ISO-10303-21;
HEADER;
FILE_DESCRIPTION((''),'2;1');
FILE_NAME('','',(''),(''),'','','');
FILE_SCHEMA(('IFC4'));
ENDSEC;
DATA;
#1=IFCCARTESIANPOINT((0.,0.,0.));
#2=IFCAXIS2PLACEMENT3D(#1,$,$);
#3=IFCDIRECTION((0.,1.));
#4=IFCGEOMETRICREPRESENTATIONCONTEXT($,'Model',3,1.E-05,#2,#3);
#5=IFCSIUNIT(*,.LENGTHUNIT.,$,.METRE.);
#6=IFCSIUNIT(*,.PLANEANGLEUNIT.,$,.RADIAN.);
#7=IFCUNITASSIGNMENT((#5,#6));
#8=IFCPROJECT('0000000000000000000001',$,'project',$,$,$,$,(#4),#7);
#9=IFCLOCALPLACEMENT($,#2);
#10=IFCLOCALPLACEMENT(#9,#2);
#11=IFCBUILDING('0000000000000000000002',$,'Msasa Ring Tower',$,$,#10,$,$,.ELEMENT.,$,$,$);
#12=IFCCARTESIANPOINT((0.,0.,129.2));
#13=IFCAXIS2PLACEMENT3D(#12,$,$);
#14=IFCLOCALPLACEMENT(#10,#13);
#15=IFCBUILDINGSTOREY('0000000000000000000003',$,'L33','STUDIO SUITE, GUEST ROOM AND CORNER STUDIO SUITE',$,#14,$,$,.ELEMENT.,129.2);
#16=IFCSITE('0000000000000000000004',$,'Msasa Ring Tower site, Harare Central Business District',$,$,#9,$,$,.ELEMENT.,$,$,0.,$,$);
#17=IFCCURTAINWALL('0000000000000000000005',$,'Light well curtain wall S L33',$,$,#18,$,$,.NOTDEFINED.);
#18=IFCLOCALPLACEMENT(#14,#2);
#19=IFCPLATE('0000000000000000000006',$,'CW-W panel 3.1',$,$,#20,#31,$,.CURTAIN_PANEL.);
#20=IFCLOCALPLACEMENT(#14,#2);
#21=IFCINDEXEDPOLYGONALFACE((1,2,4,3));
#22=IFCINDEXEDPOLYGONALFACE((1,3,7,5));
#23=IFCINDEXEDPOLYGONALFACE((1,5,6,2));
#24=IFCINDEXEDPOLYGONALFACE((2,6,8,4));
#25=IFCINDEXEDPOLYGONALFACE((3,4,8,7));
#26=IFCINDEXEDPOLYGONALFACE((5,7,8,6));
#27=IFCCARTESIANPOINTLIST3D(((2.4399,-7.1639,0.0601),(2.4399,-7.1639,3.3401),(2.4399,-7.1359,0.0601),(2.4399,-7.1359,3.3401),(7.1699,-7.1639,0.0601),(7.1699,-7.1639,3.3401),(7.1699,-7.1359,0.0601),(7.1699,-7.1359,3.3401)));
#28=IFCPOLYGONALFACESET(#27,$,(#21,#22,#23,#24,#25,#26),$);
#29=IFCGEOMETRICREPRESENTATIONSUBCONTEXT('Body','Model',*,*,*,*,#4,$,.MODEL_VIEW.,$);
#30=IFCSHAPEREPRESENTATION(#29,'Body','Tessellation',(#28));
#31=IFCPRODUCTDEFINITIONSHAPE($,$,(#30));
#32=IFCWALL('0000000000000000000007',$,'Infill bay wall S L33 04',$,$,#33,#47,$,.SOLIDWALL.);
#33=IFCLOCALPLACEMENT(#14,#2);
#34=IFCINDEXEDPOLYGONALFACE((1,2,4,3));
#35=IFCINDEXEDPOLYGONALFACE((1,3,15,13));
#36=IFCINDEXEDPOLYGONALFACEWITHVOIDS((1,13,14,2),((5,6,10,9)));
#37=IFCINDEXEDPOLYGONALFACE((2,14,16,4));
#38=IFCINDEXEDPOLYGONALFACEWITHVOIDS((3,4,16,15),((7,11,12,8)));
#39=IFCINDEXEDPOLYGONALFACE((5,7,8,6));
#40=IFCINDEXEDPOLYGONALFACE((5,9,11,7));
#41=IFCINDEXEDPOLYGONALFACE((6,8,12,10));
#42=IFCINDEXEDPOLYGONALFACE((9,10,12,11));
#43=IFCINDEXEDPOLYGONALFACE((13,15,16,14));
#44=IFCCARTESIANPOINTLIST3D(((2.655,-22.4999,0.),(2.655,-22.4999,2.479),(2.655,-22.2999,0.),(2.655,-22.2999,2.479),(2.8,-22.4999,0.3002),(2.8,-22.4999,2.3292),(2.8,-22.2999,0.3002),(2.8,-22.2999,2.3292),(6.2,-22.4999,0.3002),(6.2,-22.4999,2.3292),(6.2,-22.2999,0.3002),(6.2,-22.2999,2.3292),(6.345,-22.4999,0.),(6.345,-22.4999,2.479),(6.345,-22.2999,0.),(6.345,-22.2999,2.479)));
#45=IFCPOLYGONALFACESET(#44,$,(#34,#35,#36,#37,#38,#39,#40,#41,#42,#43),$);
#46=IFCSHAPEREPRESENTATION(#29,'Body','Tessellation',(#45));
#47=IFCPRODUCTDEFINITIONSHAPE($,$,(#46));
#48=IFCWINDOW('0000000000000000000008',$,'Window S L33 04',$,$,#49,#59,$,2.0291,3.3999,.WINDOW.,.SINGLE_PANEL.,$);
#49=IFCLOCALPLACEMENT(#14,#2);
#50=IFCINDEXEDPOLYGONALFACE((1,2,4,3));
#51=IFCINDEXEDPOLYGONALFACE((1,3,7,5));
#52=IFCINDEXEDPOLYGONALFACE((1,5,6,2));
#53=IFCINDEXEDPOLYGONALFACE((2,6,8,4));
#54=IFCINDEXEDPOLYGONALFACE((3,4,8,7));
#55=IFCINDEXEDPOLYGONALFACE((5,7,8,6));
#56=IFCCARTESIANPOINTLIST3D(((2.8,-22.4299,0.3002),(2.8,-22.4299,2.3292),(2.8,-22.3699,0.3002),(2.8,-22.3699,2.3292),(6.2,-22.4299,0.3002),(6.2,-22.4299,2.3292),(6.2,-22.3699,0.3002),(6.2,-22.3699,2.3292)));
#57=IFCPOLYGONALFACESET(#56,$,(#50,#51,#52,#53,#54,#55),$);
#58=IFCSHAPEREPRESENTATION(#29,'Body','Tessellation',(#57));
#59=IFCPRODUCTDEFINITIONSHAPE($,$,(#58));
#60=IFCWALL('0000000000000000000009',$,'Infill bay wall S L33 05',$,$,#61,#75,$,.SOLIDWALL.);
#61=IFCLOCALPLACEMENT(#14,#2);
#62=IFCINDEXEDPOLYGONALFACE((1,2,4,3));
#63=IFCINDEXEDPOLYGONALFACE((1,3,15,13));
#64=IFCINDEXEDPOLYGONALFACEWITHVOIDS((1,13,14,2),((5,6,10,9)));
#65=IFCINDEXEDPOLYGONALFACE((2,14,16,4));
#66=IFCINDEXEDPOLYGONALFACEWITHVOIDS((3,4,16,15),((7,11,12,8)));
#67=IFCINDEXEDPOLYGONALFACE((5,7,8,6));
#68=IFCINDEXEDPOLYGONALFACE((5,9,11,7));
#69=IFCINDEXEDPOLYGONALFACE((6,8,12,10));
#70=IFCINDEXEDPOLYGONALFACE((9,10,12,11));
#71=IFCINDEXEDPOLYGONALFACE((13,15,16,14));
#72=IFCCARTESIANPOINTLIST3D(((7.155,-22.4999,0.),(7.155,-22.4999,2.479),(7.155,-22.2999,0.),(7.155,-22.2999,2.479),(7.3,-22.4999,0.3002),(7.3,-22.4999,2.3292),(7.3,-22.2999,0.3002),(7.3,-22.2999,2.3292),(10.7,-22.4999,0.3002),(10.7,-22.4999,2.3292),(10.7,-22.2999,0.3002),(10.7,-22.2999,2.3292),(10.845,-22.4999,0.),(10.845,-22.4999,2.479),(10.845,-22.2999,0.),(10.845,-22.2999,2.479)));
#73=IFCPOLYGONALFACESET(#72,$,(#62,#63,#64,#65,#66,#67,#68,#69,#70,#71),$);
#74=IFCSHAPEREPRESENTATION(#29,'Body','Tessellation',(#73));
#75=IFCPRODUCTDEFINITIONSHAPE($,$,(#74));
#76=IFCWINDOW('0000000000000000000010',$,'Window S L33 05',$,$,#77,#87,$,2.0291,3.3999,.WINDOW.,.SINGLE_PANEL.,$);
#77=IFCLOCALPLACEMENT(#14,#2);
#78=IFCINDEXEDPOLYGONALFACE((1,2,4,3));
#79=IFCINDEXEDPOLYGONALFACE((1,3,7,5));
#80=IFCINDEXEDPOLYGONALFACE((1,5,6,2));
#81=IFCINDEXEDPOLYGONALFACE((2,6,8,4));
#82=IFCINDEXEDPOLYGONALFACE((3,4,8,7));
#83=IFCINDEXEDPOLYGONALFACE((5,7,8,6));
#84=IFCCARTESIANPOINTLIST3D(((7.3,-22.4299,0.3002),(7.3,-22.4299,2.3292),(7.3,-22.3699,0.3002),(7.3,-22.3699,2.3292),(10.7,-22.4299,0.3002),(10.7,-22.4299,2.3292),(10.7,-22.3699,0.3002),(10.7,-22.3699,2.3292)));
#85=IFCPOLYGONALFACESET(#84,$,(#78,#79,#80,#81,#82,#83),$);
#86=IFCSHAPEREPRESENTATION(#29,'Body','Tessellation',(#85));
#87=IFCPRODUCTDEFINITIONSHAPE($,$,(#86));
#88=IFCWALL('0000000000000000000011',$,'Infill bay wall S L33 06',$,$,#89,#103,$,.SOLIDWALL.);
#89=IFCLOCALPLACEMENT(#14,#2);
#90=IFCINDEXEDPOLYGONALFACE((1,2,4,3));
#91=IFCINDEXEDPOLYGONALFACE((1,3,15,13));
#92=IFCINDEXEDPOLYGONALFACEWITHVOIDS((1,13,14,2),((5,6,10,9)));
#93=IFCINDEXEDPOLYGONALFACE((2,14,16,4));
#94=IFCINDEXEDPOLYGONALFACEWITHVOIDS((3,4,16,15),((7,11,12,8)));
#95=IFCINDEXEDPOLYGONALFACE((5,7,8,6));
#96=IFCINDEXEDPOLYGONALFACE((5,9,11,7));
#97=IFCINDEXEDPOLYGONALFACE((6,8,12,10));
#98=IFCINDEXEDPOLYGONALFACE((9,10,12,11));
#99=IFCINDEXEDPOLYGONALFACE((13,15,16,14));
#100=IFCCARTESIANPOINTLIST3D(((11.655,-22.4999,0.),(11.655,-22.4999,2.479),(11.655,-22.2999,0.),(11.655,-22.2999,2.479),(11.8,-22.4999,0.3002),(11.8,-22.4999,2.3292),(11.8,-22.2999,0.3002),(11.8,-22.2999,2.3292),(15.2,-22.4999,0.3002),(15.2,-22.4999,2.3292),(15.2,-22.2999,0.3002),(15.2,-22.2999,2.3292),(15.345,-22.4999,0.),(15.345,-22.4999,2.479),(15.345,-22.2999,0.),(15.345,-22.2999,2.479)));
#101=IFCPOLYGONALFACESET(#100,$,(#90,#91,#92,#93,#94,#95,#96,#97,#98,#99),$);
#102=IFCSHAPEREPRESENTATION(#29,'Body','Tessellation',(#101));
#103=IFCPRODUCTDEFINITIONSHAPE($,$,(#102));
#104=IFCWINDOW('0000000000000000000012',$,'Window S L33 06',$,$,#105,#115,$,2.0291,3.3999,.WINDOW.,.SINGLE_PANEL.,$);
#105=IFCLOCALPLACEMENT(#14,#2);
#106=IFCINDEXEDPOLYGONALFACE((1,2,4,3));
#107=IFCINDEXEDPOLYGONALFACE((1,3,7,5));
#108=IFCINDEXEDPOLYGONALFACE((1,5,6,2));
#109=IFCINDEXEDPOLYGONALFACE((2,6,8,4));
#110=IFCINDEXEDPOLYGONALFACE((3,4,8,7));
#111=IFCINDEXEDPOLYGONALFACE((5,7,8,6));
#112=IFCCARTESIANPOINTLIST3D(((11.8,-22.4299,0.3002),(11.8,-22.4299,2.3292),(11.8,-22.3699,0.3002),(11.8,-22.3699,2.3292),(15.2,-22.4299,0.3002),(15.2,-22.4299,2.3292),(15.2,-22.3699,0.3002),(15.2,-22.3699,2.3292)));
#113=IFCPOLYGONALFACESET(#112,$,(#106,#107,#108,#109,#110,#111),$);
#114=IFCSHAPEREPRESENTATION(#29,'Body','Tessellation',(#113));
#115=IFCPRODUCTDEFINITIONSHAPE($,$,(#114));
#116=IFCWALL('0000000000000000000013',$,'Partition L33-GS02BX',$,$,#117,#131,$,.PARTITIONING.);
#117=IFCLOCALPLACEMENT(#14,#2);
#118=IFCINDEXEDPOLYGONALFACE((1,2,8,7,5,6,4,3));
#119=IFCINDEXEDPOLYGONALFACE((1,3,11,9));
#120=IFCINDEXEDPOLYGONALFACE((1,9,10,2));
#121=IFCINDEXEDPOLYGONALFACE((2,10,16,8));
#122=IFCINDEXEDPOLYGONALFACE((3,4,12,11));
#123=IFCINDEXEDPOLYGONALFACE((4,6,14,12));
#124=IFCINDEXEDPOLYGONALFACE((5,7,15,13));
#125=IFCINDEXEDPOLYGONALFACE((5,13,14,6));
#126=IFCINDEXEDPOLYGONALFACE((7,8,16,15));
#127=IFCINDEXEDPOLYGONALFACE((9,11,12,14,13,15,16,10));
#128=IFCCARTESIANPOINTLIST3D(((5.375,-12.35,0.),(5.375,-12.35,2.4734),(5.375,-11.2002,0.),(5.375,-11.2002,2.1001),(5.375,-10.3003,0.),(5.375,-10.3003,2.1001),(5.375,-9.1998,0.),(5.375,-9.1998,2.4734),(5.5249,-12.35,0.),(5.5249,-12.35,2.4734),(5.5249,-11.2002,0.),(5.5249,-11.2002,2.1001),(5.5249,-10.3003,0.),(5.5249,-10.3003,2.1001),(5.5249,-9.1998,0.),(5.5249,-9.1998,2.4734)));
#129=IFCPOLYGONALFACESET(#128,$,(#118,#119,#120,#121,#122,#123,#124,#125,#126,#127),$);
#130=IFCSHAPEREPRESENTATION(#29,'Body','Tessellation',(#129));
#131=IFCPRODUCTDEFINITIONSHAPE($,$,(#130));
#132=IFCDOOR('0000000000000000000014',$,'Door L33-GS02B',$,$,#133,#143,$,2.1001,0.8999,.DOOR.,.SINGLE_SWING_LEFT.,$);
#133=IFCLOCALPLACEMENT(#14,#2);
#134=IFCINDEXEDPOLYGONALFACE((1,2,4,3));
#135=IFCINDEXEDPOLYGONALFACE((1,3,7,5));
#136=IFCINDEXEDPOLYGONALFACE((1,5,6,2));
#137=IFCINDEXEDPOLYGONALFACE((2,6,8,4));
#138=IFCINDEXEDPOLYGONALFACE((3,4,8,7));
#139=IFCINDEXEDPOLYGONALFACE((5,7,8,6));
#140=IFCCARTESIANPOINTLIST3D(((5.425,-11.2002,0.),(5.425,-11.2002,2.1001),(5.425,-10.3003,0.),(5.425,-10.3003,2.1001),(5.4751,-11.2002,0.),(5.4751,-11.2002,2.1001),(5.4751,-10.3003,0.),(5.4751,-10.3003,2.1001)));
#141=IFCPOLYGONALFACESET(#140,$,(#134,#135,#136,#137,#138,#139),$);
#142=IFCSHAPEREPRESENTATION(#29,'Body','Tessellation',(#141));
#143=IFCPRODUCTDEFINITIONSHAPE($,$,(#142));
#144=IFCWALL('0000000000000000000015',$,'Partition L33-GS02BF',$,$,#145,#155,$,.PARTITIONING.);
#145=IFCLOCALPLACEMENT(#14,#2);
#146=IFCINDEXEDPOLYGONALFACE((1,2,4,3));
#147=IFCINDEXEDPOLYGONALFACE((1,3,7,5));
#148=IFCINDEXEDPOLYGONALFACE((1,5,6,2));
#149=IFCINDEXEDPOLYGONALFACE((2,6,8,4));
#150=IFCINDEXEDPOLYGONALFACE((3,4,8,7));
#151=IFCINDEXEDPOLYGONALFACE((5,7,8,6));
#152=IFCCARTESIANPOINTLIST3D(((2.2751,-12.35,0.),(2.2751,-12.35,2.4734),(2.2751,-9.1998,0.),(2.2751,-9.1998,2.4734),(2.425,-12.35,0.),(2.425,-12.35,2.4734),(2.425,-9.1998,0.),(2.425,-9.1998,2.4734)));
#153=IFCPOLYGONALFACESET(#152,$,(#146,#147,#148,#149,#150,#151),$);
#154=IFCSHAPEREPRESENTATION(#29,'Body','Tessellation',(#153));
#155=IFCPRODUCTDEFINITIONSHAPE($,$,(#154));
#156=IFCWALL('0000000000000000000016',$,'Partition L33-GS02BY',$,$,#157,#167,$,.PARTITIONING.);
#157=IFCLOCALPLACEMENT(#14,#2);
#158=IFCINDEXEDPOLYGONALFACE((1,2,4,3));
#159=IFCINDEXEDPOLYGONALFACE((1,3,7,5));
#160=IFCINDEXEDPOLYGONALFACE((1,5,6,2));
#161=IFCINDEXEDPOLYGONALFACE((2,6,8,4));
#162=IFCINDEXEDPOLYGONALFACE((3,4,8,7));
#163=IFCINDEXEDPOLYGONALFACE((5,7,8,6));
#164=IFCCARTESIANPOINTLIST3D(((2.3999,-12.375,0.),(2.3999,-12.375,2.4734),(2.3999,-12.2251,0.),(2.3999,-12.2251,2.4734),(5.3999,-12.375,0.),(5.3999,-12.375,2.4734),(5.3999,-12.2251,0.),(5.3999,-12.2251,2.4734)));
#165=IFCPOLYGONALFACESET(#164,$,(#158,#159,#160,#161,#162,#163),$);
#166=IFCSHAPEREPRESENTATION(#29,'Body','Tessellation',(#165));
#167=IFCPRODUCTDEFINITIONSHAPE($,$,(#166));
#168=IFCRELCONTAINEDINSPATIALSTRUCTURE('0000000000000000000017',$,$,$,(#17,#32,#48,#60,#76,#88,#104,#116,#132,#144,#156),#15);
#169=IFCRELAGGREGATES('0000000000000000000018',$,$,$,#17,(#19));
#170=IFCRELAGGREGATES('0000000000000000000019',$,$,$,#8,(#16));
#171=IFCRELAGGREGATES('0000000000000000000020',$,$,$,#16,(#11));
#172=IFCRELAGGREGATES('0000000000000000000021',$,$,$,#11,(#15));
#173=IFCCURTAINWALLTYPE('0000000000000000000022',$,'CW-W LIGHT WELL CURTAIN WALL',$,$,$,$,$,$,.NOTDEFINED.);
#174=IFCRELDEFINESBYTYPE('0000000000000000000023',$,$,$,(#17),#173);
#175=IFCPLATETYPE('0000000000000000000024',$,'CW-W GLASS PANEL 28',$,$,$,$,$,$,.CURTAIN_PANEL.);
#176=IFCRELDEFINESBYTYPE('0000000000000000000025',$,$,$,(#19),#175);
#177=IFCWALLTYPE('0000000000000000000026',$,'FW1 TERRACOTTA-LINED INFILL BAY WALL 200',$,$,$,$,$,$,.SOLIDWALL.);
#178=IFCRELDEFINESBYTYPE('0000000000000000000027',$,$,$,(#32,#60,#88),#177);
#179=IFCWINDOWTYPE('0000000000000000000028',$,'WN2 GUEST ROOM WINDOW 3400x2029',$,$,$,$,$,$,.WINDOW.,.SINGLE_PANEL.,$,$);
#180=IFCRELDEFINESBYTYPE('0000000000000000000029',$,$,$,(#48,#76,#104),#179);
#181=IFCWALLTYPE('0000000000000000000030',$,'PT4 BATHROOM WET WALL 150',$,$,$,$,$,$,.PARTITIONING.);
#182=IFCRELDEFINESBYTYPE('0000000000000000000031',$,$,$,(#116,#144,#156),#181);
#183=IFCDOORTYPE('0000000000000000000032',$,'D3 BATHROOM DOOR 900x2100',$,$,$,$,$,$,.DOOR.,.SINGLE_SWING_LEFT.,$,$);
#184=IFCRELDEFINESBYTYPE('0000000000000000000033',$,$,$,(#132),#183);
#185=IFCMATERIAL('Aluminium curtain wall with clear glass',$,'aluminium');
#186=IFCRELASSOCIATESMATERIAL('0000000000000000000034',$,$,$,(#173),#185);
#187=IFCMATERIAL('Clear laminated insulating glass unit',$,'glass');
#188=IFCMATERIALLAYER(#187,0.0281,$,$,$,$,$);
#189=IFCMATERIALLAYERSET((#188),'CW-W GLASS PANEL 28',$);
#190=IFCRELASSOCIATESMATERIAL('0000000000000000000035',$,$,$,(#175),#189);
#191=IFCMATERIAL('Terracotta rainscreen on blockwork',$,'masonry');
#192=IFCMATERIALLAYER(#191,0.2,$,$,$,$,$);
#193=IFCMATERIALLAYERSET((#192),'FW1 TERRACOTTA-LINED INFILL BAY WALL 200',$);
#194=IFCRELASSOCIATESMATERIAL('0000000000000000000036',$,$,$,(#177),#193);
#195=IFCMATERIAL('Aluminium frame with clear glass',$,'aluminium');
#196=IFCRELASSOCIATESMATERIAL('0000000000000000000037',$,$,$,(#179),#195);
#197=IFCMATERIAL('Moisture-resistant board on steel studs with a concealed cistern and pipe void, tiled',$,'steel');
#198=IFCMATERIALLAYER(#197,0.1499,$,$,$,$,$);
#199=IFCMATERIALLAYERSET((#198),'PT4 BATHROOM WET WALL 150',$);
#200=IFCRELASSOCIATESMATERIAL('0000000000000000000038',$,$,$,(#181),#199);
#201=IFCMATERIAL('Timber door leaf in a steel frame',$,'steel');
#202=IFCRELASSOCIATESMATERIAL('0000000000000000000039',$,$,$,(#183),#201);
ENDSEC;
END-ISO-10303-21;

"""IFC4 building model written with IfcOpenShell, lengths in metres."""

from ifc_helpers import new_model, si_unit, direction, frame, frame_2d, origin, origin_2d, place, context, subcontext, project, spatial, rectangle, extrude, material, layer, layer_set, type_object, element, fill, aggregate, save


model = new_model("IFC4")

# Units and contexts
model_context = context("Model", 3, precision=1e-05, world=origin(), true_north=direction((0.0, 1.0)))
body_context = subcontext(model_context, "Body", "Model", "MODEL_VIEW")
ifc_project = project(units=[si_unit("LENGTHUNIT", "METRE"), si_unit("PLANEANGLEUNIT", "RADIAN")], contexts=[model_context])

# Site, building, storey
site_placement = place(None, origin())
site = spatial("IfcSite", under=ifc_project, at=site_placement, Name="Msasa Ring Tower site, Harare Central Business District", CompositionType="ELEMENT", RefElevation=0.0)
building_placement = place(site_placement, origin())
building = spatial("IfcBuilding", under=site, at=building_placement, Name="Msasa Ring Tower", CompositionType="ELEMENT")
storey_placement = place(building_placement, frame((0.0, 0.0, 129.2)))
storey = spatial("IfcBuildingStorey", under=building, at=storey_placement, Name="L33", Description="STUDIO SUITE, GUEST ROOM AND CORNER STUDIO SUITE", CompositionType="ELEMENT", Elevation=129.2)

# Curtain wall
ifc_material_1 = material(Name="Aluminium curtain wall with clear glass", Category="aluminium")
curtain_wall_type = type_object("IfcCurtainWallType", Name="CW-W LIGHT WELL CURTAIN WALL", PredefinedType="NOTDEFINED", material=ifc_material_1)
curtain_wall_placement = place(storey_placement, origin())
curtain_wall = element("IfcCurtainWall", 1, at=curtain_wall_placement, inside=storey, type_object=curtain_wall_type, Name="Light well curtain wall S L33", PredefinedType="NOTDEFINED")

# Plate
ifc_material_2 = material(Name="Clear laminated insulating glass unit", Category="glass")
ifc_layer_1 = layer(ifc_material_2, 0.0281)
ifc_layer_set_1 = layer_set([ifc_layer_1], Name="CW-W GLASS PANEL 28")
plate_type = type_object("IfcPlateType", Name="CW-W GLASS PANEL 28", PredefinedType="CURTAIN_PANEL", material=ifc_layer_set_1)
plate_placement = place(storey_placement, frame((4.8049, -7.1499, 0.0601), z_axis=(0.0, 0.0, 1.0), x_axis=(1.0, 0.0, 0.0)))
plate = element("IfcPlate", 2, at=plate_placement, type_object=plate_type, Name="CW-W panel 3.1", PredefinedType="CURTAIN_PANEL", context=body_context, shape_type="SweptSolid", body=[
    extrude(rectangle(XDim=4.73, YDim=0.0281, at=origin_2d()), origin(), (0.0, 0.0, 1.0), 3.28),
])
aggregate(curtain_wall, [plate])

# Walls, openings, windows
ifc_material_3 = material(Name="Terracotta rainscreen on blockwork", Category="masonry")
ifc_layer_2 = layer(ifc_material_3, 0.2)
ifc_layer_set_2 = layer_set([ifc_layer_2], Name="FW1 TERRACOTTA-LINED INFILL BAY WALL 200")
wall_type_1 = type_object("IfcWallType", Name="FW1 TERRACOTTA-LINED INFILL BAY WALL 200", PredefinedType="SOLIDWALL", material=ifc_layer_set_2)
wall_1_placement = place(storey_placement, frame((2.655, -22.3999, 0.0), z_axis=(0.0, 0.0, 1.0), x_axis=(1.0, 0.0, 0.0)))
wall_1 = element("IfcWall", 3, at=wall_1_placement, inside=storey, type_object=wall_type_1, Name="Infill bay wall S L33 04", PredefinedType="SOLIDWALL", context=body_context, shape_type="SweptSolid", body=[
    extrude(rectangle(XDim=3.6899, YDim=0.2, at=frame_2d((1.845, 0.0))), origin(), (0.0, 0.0, 1.0), 2.479),
])
opening_1_placement = place(wall_1_placement, frame((0.145, 0.0, 0.3)))
opening_1 = element("IfcOpeningElement", 4, at=opening_1_placement, cuts=wall_1, PredefinedType="OPENING", context=body_context, shape_type="SweptSolid", body=[
    extrude(rectangle(XDim=3.3999, YDim=2.0291, at=frame_2d((1.7, 1.0146))), frame((0.0, 0.1099, 0.0), z_axis=(0.0, -1.0, 0.0), x_axis=(1.0, 0.0, 0.0)), (0.0, 0.0, 1.0), 0.22),
])
ifc_material_4 = material(Name="Aluminium frame with clear glass", Category="aluminium")
window_type = type_object("IfcWindowType", Name="WN2 GUEST ROOM WINDOW 3400x2029", PartitioningType="SINGLE_PANEL", PredefinedType="WINDOW", material=ifc_material_4)
window_1_placement = place(opening_1_placement, origin())
window_1 = element("IfcWindow", 5, at=window_1_placement, inside=storey, type_object=window_type, Name="Window S L33 04", OverallHeight=2.0291, OverallWidth=3.3999, PartitioningType="SINGLE_PANEL", PredefinedType="WINDOW", context=body_context, shape_type="SweptSolid", body=[
    extrude(rectangle(XDim=3.3999, YDim=2.0291, at=frame_2d((1.7, 1.0146))), frame((0.0, 0.03, 0.0), z_axis=(0.0, -1.0, 0.0), x_axis=(1.0, 0.0, 0.0)), (0.0, 0.0, 1.0), 0.0601),
])
fill(opening_1, window_1)
wall_2_placement = place(storey_placement, frame((7.155, -22.3999, 0.0), z_axis=(0.0, 0.0, 1.0), x_axis=(1.0, 0.0, 0.0)))
wall_2 = element("IfcWall", 6, at=wall_2_placement, inside=storey, type_object=wall_type_1, Name="Infill bay wall S L33 05", PredefinedType="SOLIDWALL", context=body_context, shape_type="SweptSolid", body=[
    extrude(rectangle(XDim=3.6899, YDim=0.2, at=frame_2d((1.845, 0.0))), origin(), (0.0, 0.0, 1.0), 2.479),
])
opening_2_placement = place(wall_2_placement, frame((0.145, 0.0, 0.3)))
opening_2 = element("IfcOpeningElement", 7, at=opening_2_placement, cuts=wall_2, PredefinedType="OPENING", context=body_context, shape_type="SweptSolid", body=[
    extrude(rectangle(XDim=3.3999, YDim=2.0291, at=frame_2d((1.7, 1.0146))), frame((0.0, 0.1099, 0.0), z_axis=(0.0, -1.0, 0.0), x_axis=(1.0, 0.0, 0.0)), (0.0, 0.0, 1.0), 0.22),
])
window_2_placement = place(opening_2_placement, origin())
window_2 = element("IfcWindow", 8, at=window_2_placement, inside=storey, type_object=window_type, Name="Window S L33 05", OverallHeight=2.0291, OverallWidth=3.3999, PartitioningType="SINGLE_PANEL", PredefinedType="WINDOW", context=body_context, shape_type="SweptSolid", body=[
    extrude(rectangle(XDim=3.3999, YDim=2.0291, at=frame_2d((1.7, 1.0146))), frame((0.0, 0.03, 0.0), z_axis=(0.0, -1.0, 0.0), x_axis=(1.0, 0.0, 0.0)), (0.0, 0.0, 1.0), 0.0601),
])
fill(opening_2, window_2)
wall_3_placement = place(storey_placement, frame((11.655, -22.3999, 0.0), z_axis=(0.0, 0.0, 1.0), x_axis=(1.0, 0.0, 0.0)))
wall_3 = element("IfcWall", 9, at=wall_3_placement, inside=storey, type_object=wall_type_1, Name="Infill bay wall S L33 06", PredefinedType="SOLIDWALL", context=body_context, shape_type="SweptSolid", body=[
    extrude(rectangle(XDim=3.6899, YDim=0.2, at=frame_2d((1.845, 0.0))), origin(), (0.0, 0.0, 1.0), 2.479),
])
opening_3_placement = place(wall_3_placement, frame((0.145, 0.0, 0.3)))
opening_3 = element("IfcOpeningElement", 10, at=opening_3_placement, cuts=wall_3, PredefinedType="OPENING", context=body_context, shape_type="SweptSolid", body=[
    extrude(rectangle(XDim=3.3999, YDim=2.0291, at=frame_2d((1.7, 1.0146))), frame((0.0, 0.1099, 0.0), z_axis=(0.0, -1.0, 0.0), x_axis=(1.0, 0.0, 0.0)), (0.0, 0.0, 1.0), 0.22),
])
window_3_placement = place(opening_3_placement, origin())
window_3 = element("IfcWindow", 11, at=window_3_placement, inside=storey, type_object=window_type, Name="Window S L33 06", OverallHeight=2.0291, OverallWidth=3.3999, PartitioningType="SINGLE_PANEL", PredefinedType="WINDOW", context=body_context, shape_type="SweptSolid", body=[
    extrude(rectangle(XDim=3.3999, YDim=2.0291, at=frame_2d((1.7, 1.0146))), frame((0.0, 0.03, 0.0), z_axis=(0.0, -1.0, 0.0), x_axis=(1.0, 0.0, 0.0)), (0.0, 0.0, 1.0), 0.0601),
])
fill(opening_3, window_3)

# Wall, opening, door
ifc_material_5 = material(Name="Moisture-resistant board on steel studs with a concealed cistern and pipe void, tiled", Category="steel")
ifc_layer_3 = layer(ifc_material_5, 0.1499)
ifc_layer_set_3 = layer_set([ifc_layer_3], Name="PT4 BATHROOM WET WALL 150")
wall_type_2 = type_object("IfcWallType", Name="PT4 BATHROOM WET WALL 150", PredefinedType="PARTITIONING", material=ifc_layer_set_3)
wall_4_placement = place(storey_placement, frame((5.45, -12.3501, 0.0), z_axis=(0.0, 0.0, 1.0), x_axis=(0.0, 1.0, 0.0)))
wall_4 = element("IfcWall", 12, at=wall_4_placement, inside=storey, type_object=wall_type_2, Name="Partition L33-GS02BX", PredefinedType="PARTITIONING", context=body_context, shape_type="SweptSolid", body=[
    extrude(rectangle(XDim=3.1501, YDim=0.1499, at=frame_2d((1.5752, 0.0))), origin(), (0.0, 0.0, 1.0), 2.4734),
])
opening_4_placement = place(wall_4_placement, frame((1.1499, 0.0, 0.0)))
opening_4 = element("IfcOpeningElement", 13, at=opening_4_placement, cuts=wall_4, PredefinedType="OPENING", context=body_context, shape_type="SweptSolid", body=[
    extrude(rectangle(XDim=0.8999, YDim=2.1001, at=frame_2d((0.45, 1.05))), frame((0.0, 0.085, 0.0), z_axis=(0.0, -1.0, 0.0), x_axis=(1.0, 0.0, 0.0)), (0.0, 0.0, 1.0), 0.1699),
])
ifc_material_6 = material(Name="Timber door leaf in a steel frame", Category="steel")
door_type = type_object("IfcDoorType", Name="D3 BATHROOM DOOR 900x2100", OperationType="SINGLE_SWING_LEFT", PredefinedType="DOOR", material=ifc_material_6)
door_1_placement = place(opening_4_placement, origin())
door_1 = element("IfcDoor", 14, at=door_1_placement, inside=storey, type_object=door_type, Name="Door L33-GS02B", OperationType="SINGLE_SWING_LEFT", OverallHeight=2.1001, OverallWidth=0.8999, PredefinedType="DOOR", context=body_context, shape_type="SweptSolid", body=[
    extrude(rectangle(XDim=0.8999, YDim=2.1001, at=frame_2d((0.45, 1.05))), frame((0.0, 0.0249, 0.0), z_axis=(0.0, -1.0, 0.0), x_axis=(1.0, 0.0, 0.0)), (0.0, 0.0, 1.0), 0.05),
])
fill(opening_4, door_1)

# Walls
wall_5_placement = place(storey_placement, frame((2.3501, -12.3501, 0.0), z_axis=(0.0, 0.0, 1.0), x_axis=(0.0, 1.0, 0.0)))
element("IfcWall", 15, at=wall_5_placement, inside=storey, type_object=wall_type_2, Name="Partition L33-GS02BF", PredefinedType="PARTITIONING", context=body_context, shape_type="SweptSolid", body=[
    extrude(rectangle(XDim=3.1501, YDim=0.1499, at=frame_2d((1.5752, 0.0))), origin(), (0.0, 0.0, 1.0), 2.4734),
])
wall_6_placement = place(storey_placement, frame((2.3999, -12.3, 0.0), z_axis=(0.0, 0.0, 1.0), x_axis=(1.0, 0.0, 0.0)))
element("IfcWall", 16, at=wall_6_placement, inside=storey, type_object=wall_type_2, Name="Partition L33-GS02BY", PredefinedType="PARTITIONING", context=body_context, shape_type="SweptSolid", body=[
    extrude(rectangle(XDim=3.0, YDim=0.1499, at=frame_2d((1.5, 0.0))), origin(), (0.0, 0.0, 1.0), 2.4734),
])

save(model, "model.ifc")
